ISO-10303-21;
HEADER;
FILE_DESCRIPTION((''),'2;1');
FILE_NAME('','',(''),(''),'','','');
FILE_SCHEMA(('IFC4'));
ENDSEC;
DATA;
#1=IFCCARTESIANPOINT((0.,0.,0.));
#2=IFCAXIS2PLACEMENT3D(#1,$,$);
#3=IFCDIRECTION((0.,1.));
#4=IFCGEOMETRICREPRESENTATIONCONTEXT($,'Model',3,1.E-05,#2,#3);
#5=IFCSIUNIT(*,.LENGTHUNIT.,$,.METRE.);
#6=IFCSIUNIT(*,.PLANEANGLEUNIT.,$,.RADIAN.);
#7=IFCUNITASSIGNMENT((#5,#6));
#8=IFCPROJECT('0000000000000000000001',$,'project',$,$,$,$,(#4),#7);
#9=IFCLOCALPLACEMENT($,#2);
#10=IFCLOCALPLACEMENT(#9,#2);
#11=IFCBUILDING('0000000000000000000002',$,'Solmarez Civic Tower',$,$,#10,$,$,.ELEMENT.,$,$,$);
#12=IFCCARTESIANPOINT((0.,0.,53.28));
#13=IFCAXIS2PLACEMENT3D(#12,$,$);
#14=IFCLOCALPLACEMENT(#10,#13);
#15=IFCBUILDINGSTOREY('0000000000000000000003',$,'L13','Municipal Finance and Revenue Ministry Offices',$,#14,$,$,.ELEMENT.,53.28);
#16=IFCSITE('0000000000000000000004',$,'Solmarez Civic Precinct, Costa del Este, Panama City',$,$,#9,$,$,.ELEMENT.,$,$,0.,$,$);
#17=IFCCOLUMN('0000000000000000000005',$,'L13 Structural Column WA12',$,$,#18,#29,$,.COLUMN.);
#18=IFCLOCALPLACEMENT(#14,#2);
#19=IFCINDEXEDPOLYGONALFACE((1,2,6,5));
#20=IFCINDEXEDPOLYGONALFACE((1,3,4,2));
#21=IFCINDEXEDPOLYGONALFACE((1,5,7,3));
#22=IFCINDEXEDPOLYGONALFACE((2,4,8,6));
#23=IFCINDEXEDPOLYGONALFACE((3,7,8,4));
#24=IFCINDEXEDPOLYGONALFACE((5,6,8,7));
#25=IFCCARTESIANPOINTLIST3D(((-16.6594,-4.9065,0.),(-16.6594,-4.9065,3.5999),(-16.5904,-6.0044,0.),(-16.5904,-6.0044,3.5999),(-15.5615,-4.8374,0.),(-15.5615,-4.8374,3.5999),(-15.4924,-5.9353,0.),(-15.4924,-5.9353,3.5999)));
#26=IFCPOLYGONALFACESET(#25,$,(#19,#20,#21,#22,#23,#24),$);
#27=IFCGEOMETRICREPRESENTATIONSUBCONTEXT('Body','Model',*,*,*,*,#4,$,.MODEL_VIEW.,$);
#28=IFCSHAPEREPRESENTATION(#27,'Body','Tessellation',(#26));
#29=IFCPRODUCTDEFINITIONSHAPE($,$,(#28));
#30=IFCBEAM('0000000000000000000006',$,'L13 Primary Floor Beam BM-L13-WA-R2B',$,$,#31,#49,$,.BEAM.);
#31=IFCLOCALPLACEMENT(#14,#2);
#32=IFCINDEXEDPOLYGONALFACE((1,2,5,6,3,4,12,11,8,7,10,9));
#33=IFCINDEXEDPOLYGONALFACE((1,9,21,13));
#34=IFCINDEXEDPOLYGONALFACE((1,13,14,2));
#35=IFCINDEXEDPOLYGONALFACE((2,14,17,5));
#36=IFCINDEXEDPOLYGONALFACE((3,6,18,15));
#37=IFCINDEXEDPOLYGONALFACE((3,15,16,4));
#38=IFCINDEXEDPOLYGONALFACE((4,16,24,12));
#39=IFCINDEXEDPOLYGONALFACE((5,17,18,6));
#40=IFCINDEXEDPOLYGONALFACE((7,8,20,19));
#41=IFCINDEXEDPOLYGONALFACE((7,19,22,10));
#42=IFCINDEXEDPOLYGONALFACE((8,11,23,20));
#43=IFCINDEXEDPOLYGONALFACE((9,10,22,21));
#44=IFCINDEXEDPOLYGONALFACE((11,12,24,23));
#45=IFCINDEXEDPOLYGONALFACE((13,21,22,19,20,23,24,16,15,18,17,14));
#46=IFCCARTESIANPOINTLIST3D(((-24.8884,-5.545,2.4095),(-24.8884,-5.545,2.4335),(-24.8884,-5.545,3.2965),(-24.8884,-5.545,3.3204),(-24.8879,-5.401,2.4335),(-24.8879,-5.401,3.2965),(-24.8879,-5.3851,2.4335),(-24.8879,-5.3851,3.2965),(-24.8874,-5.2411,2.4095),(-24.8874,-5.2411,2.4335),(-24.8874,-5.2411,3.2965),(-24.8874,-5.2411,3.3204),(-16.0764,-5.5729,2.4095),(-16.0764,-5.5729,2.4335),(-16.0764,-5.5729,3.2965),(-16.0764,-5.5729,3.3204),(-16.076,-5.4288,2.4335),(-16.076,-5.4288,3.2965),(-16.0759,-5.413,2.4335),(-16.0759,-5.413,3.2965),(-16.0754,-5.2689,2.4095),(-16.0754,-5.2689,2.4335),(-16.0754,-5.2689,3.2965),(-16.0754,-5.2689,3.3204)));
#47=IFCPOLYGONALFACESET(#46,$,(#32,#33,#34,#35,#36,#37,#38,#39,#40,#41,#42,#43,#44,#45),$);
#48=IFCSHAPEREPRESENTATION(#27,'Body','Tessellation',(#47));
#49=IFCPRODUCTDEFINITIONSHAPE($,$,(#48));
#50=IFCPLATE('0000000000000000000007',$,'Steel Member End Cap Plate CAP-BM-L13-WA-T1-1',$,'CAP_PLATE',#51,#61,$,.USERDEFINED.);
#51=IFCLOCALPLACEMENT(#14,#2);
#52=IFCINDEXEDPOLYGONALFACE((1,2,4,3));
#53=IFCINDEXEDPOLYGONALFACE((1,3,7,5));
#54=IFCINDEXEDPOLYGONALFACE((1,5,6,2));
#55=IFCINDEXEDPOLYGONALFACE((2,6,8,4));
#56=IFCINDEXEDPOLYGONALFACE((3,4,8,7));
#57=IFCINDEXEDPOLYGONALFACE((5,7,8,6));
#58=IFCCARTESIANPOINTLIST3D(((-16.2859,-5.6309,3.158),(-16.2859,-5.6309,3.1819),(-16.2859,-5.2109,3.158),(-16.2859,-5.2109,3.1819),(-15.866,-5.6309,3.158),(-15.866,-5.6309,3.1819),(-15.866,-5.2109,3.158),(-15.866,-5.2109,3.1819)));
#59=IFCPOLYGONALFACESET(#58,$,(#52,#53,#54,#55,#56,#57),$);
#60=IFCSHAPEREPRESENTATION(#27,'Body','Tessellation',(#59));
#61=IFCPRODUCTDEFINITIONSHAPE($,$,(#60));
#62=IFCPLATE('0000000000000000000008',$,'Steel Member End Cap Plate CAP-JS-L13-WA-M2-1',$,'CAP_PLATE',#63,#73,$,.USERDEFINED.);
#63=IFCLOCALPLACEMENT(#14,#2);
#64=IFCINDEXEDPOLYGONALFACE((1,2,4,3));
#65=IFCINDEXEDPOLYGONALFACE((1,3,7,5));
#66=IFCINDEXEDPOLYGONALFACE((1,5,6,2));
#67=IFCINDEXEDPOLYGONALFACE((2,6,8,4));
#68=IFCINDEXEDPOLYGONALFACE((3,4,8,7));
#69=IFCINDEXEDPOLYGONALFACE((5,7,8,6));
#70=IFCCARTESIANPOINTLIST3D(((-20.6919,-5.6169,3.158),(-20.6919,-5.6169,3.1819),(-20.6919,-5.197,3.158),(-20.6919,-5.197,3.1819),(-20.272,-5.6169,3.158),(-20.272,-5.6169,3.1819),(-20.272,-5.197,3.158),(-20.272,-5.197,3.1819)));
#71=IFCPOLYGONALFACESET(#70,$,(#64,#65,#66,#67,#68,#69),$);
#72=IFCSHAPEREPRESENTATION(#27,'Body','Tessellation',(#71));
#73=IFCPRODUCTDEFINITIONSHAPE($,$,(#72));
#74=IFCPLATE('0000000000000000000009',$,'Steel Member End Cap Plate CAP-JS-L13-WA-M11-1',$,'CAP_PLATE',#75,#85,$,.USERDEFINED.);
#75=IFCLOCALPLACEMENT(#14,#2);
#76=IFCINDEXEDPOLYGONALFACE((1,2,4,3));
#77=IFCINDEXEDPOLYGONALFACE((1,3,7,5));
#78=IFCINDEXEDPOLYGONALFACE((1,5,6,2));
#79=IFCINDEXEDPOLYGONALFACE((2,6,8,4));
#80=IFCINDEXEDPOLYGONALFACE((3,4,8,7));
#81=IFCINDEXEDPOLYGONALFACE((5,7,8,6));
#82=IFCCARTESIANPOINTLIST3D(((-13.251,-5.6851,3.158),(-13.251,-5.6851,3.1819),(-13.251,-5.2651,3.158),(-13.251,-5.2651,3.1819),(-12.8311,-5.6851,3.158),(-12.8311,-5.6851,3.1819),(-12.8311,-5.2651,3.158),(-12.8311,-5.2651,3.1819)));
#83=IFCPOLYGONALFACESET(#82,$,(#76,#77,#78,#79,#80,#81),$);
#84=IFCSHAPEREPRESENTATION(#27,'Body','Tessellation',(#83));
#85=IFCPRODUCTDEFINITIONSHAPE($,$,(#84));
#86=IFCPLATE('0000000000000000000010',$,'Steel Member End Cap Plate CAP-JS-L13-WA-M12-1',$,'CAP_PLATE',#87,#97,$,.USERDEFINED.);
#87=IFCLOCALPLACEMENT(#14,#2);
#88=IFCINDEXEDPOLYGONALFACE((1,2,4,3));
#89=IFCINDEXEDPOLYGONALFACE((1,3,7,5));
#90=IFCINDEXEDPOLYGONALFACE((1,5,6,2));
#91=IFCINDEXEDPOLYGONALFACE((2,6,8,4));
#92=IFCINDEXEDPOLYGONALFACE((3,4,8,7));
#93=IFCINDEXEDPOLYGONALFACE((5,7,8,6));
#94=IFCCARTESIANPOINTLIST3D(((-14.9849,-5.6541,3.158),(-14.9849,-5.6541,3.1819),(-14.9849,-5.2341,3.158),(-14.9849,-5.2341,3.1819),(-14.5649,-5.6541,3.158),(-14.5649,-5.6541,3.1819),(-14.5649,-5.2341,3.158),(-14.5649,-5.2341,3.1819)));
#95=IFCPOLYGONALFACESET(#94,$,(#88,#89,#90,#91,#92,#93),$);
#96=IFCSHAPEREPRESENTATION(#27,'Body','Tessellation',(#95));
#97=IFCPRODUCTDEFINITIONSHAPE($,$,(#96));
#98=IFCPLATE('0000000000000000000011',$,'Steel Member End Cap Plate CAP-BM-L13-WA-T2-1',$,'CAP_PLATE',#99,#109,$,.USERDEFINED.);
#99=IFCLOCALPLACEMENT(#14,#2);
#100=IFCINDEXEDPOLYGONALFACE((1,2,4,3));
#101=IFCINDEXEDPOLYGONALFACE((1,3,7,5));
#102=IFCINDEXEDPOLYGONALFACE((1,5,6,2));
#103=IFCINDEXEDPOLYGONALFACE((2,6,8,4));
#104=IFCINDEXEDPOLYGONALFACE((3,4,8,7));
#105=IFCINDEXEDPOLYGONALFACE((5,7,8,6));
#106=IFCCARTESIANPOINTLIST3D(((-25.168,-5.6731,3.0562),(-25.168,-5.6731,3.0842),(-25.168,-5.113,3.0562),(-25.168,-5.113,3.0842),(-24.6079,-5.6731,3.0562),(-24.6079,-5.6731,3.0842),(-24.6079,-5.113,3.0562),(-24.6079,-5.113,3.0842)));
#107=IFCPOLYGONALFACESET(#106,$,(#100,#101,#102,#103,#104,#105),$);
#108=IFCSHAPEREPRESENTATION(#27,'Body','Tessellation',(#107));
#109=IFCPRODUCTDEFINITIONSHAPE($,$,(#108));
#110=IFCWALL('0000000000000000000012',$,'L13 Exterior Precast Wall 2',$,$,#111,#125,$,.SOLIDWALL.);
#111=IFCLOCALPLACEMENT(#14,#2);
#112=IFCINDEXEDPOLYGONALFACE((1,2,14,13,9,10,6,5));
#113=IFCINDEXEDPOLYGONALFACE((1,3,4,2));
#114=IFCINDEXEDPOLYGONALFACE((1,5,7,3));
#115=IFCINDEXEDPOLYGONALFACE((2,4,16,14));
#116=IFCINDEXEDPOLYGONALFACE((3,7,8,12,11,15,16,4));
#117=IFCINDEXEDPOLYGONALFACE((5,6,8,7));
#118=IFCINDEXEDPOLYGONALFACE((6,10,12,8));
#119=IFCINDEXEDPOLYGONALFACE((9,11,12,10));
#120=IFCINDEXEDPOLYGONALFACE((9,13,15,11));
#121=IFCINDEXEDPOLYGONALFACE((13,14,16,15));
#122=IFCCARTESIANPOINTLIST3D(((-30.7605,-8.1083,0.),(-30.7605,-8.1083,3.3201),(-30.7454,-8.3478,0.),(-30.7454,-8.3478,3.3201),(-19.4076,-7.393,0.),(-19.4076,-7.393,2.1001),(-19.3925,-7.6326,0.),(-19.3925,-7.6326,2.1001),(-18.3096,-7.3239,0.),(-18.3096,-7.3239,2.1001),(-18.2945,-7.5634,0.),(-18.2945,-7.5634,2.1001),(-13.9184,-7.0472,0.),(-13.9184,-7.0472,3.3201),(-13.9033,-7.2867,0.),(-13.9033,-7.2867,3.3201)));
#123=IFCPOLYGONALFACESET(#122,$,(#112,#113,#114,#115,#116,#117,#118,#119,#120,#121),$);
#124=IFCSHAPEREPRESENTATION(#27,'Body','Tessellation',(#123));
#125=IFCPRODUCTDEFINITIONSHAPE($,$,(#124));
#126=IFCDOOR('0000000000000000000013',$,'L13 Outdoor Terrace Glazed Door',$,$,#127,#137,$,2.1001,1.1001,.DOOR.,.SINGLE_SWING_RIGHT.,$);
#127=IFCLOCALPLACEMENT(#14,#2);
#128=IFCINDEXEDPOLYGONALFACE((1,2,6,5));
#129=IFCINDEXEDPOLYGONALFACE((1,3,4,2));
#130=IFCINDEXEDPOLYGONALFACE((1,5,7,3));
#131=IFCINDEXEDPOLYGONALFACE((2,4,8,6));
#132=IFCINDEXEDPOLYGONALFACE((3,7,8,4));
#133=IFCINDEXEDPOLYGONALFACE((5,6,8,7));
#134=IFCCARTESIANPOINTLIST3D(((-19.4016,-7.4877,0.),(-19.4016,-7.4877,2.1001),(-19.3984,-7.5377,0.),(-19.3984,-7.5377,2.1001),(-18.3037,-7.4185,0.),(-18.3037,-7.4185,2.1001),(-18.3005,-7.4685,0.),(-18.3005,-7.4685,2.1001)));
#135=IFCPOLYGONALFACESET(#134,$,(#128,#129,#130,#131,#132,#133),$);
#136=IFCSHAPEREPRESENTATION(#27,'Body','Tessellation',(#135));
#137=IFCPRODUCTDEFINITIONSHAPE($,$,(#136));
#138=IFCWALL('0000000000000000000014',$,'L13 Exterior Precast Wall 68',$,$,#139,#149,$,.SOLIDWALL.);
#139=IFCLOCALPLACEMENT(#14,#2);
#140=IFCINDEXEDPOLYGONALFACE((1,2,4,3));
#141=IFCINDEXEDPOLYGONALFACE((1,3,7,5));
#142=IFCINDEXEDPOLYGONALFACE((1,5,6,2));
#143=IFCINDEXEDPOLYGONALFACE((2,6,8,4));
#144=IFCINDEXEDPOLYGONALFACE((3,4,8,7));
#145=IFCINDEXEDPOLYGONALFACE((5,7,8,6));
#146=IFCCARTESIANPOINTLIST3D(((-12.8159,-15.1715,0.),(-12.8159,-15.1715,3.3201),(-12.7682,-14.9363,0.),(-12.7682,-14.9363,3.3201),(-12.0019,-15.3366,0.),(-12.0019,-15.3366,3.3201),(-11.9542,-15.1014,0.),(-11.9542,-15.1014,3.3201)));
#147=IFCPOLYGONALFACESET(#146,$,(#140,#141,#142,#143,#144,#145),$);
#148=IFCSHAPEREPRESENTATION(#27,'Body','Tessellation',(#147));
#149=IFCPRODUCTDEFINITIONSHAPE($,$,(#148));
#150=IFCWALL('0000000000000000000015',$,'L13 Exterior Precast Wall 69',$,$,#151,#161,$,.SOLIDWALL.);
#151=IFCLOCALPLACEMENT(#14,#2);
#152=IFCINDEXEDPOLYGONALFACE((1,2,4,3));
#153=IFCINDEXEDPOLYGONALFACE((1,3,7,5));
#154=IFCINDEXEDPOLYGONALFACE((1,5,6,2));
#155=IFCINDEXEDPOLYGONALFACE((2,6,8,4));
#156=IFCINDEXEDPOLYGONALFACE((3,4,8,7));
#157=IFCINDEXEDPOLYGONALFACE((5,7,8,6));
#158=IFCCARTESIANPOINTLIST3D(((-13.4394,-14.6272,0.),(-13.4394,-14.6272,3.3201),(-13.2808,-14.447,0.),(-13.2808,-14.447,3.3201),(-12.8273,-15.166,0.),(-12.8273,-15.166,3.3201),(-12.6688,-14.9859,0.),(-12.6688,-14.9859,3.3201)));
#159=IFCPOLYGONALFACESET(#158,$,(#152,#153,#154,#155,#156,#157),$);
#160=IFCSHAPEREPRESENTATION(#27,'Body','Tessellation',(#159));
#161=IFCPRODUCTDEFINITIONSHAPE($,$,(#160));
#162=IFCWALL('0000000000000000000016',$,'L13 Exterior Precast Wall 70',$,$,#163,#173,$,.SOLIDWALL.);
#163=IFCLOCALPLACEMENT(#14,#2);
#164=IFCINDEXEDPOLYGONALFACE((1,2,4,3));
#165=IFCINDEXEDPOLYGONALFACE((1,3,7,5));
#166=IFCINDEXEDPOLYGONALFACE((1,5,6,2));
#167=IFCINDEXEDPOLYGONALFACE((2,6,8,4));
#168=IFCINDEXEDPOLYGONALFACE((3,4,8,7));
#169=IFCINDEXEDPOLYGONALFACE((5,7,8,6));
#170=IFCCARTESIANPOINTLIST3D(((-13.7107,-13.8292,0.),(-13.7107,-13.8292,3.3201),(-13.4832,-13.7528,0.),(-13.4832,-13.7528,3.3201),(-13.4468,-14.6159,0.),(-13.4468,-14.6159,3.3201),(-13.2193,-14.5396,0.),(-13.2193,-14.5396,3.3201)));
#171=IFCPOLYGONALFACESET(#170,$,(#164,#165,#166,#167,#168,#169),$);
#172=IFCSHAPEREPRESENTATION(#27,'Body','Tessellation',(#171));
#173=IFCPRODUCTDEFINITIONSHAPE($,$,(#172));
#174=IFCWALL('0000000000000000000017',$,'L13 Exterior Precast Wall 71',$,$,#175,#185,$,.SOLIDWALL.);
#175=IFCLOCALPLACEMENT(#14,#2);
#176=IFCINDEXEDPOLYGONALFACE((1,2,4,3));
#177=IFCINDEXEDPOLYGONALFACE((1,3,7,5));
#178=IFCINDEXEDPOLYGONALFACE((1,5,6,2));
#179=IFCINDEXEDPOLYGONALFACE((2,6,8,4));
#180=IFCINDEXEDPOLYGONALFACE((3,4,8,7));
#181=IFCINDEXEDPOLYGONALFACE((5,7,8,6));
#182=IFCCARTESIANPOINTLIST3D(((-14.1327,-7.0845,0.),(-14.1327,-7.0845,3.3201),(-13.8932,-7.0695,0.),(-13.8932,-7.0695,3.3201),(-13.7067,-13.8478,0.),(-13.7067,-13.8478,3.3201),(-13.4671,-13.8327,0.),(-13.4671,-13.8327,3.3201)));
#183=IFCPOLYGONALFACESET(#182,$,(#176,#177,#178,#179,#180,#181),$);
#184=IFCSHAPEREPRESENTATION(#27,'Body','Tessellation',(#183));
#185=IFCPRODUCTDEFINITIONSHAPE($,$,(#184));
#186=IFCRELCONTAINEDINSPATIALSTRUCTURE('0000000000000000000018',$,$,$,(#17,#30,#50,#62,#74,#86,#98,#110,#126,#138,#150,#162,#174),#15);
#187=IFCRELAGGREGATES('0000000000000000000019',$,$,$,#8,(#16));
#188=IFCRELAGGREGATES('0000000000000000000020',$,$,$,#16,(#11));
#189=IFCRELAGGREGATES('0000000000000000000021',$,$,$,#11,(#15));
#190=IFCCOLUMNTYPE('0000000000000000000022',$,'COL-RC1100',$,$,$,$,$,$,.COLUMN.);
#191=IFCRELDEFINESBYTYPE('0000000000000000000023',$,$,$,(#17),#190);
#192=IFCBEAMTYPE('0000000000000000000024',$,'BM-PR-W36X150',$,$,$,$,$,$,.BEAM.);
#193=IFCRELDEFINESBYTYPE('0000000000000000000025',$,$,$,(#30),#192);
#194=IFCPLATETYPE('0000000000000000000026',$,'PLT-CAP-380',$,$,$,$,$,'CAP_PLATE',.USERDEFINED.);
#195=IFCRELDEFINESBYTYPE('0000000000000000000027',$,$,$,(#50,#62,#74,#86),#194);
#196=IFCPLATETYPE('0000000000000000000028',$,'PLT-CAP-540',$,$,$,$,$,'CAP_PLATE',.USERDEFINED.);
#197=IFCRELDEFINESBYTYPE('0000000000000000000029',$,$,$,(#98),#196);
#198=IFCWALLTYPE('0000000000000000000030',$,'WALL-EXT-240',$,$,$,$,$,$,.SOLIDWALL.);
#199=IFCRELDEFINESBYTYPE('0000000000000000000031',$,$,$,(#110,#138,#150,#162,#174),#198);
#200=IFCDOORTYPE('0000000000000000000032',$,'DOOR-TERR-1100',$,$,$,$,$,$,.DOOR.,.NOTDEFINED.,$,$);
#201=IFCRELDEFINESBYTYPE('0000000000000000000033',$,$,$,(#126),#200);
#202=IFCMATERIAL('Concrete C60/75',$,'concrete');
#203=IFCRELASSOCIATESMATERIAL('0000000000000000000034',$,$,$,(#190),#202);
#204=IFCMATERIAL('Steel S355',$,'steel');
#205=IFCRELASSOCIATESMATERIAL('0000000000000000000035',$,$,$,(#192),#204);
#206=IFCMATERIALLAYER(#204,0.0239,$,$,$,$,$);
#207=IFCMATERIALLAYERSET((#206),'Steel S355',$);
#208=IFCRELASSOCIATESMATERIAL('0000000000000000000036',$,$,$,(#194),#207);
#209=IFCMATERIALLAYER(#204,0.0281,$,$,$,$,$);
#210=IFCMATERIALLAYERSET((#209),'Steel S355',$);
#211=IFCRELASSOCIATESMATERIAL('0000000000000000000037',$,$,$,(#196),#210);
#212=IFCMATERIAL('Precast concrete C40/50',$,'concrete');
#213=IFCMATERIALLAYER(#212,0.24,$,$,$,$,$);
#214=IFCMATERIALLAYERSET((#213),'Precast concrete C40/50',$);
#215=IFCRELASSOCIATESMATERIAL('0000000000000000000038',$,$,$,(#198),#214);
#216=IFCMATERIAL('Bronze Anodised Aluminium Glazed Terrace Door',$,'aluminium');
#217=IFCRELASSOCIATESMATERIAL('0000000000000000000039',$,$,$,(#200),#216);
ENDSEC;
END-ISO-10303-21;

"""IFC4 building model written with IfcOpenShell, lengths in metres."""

from ifc_helpers import new_model, si_unit, direction, frame, frame_2d, origin, origin_2d, place, context, subcontext, project, spatial, rectangle, i_section, extrude, material, layer, layer_set, material_profile, profile_set, type_object, element, fill, save


model = new_model("IFC4")

# Units and contexts
model_context = context("Model", 3, precision=1e-05, world=origin(), true_north=direction((0.0, 1.0)))
body_context = subcontext(model_context, "Body", "Model", "MODEL_VIEW")
ifc_project = project(units=[si_unit("LENGTHUNIT", "METRE"), si_unit("PLANEANGLEUNIT", "RADIAN")], contexts=[model_context])

# Site, building, storey
site_placement = place(None, origin())
site = spatial("IfcSite", under=ifc_project, at=site_placement, Name="Solmarez Civic Precinct, Costa del Este, Panama City", CompositionType="ELEMENT", RefElevation=0.0)
building_placement = place(site_placement, origin())
building = spatial("IfcBuilding", under=site, at=building_placement, Name="Solmarez Civic Tower", CompositionType="ELEMENT")
storey_placement = place(building_placement, frame((0.0, 0.0, 53.28)))
storey = spatial("IfcBuildingStorey", under=building, at=storey_placement, Name="L13", Description="Municipal Finance and Revenue Ministry Offices", CompositionType="ELEMENT", Elevation=53.28)

# Column
ifc_material_1 = material(Name="Concrete C60/75", Category="concrete")
ifc_material_profile_1 = material_profile(ifc_material_1, rectangle(XDim=1.1001, YDim=1.1001, at=origin_2d()), Name="RC1100X1100")
ifc_profile_set_1 = profile_set([ifc_material_profile_1], Name="Concrete C60/75")
column_type = type_object("IfcColumnType", Name="COL-RC1100", PredefinedType="COLUMN", material=ifc_profile_set_1)
column_placement = place(storey_placement, frame((-16.0759, -5.4209, 0.0), z_axis=(0.0, 0.0, 1.0), x_axis=(0.998027, 0.062791, 0.0)))
element("IfcColumn", 1, at=column_placement, inside=storey, type_object=column_type, Name="L13 Structural Column WA12", PredefinedType="COLUMN", context=body_context, shape_type="SweptSolid", body=[
    extrude(rectangle(XDim=1.1001, YDim=1.1001, at=origin_2d()), origin(), (0.0, 0.0, 1.0), 3.5999),
])

# Beam
ifc_material_2 = material(Name="Steel S355", Category="steel")
ifc_material_profile_2 = material_profile(ifc_material_2, i_section(OverallWidth=0.304, OverallDepth=0.9109, WebThickness=0.0159, FlangeThickness=0.0239, at=origin_2d()), Name="W36X150")
ifc_profile_set_2 = profile_set([ifc_material_profile_2], Name="Steel S355")
beam_type = type_object("IfcBeamType", Name="BM-PR-W36X150", PredefinedType="BEAM", material=ifc_profile_set_2)
beam_placement = place(storey_placement, frame((-16.0759, -5.4209, 2.865), z_axis=(-0.999995, 0.003158, 0.0), x_axis=(-0.003158, -0.999995, 0.0)))
element("IfcBeam", 2, at=beam_placement, inside=storey, type_object=beam_type, Name="L13 Primary Floor Beam BM-L13-WA-R2B", PredefinedType="BEAM", context=body_context, shape_type="SweptSolid", body=[
    extrude(i_section(OverallWidth=0.304, OverallDepth=0.9109, WebThickness=0.0159, FlangeThickness=0.0239, at=origin_2d()), origin(), (0.0, 0.0, 1.0), 8.812),
])

# Plates
ifc_layer_1 = layer(ifc_material_2, 0.0239)
ifc_layer_set_1 = layer_set([ifc_layer_1], Name="Steel S355")
plate_type_1 = type_object("IfcPlateType", Name="PLT-CAP-380", ElementType="CAP_PLATE", PredefinedType="USERDEFINED", material=ifc_layer_set_1)
for number, where, z_axis, x_axis, name in (
    (3, (-16.0759, -5.4209, 3.158), (0.0, 0.0, 1.0), (1.0, 0.0, 0.0), "Steel Member End Cap Plate CAP-BM-L13-WA-T1-1"),
    (4, (-20.4819, -5.407, 3.158), (0.0, 0.0, 1.0), (1.0, 0.0, 0.0), "Steel Member End Cap Plate CAP-JS-L13-WA-M2-1"),
    (5, (-13.041, -5.4751, 3.158), (0.0, 0.0, 1.0), (1.0, 0.0, 0.0), "Steel Member End Cap Plate CAP-JS-L13-WA-M11-1"),
    (6, (-14.7749, -5.4441, 3.158), (0.0, 0.0, 1.0), (1.0, 0.0, 0.0), "Steel Member End Cap Plate CAP-JS-L13-WA-M12-1"),
):
    element("IfcPlate", number, at=place(storey_placement, frame(where, z_axis=z_axis, x_axis=x_axis)), inside=storey, type_object=plate_type_1, Name=name, ObjectType="CAP_PLATE", PredefinedType="USERDEFINED", context=body_context, shape_type="SweptSolid", body=[
        extrude(rectangle(XDim=0.4199, YDim=0.4199, at=origin_2d()), origin(), (0.0, 0.0, 1.0), 0.0239),
    ])
ifc_layer_2 = layer(ifc_material_2, 0.0281)
ifc_layer_set_2 = layer_set([ifc_layer_2], Name="Steel S355")
plate_type_2 = type_object("IfcPlateType", Name="PLT-CAP-540", ElementType="CAP_PLATE", PredefinedType="USERDEFINED", material=ifc_layer_set_2)
plate_placement = place(storey_placement, frame((-24.8879, -5.3931, 3.0562), z_axis=(0.0, 0.0, 1.0), x_axis=(1.0, 0.0, 0.0)))
element("IfcPlate", 7, at=plate_placement, inside=storey, type_object=plate_type_2, Name="Steel Member End Cap Plate CAP-BM-L13-WA-T2-1", ObjectType="CAP_PLATE", PredefinedType="USERDEFINED", context=body_context, shape_type="SweptSolid", body=[
    extrude(rectangle(XDim=0.5601, YDim=0.5601, at=origin_2d()), origin(), (0.0, 0.0, 1.0), 0.0281),
])

# Wall, opening, door
ifc_material_3 = material(Name="Precast concrete C40/50", Category="concrete")
ifc_layer_3 = layer(ifc_material_3, 0.24)
ifc_layer_set_3 = layer_set([ifc_layer_3], Name="Precast concrete C40/50")
wall_type_1 = type_object("IfcWallType", Name="WALL-EXT-240", PredefinedType="SOLIDWALL", material=ifc_layer_set_3)
wall_1_placement = place(storey_placement, frame((-13.9109, -7.167, 0.0), z_axis=(0.0, 0.0, 1.0), x_axis=(-0.998021, -0.062875, 0.0)))
wall_1 = element("IfcWall", 8, at=wall_1_placement, inside=storey, type_object=wall_type_1, Name="L13 Exterior Precast Wall 2", PredefinedType="SOLIDWALL", context=body_context, shape_type="SweptSolid", body=[
    extrude(rectangle(XDim=16.8755, YDim=0.24, at=frame_2d((8.4377, 0.0))), origin(), (0.0, 0.0, 1.0), 3.3201),
])
opening_1_placement = place(wall_1_placement, frame((4.3999, 0.0, 0.0)))
opening_1 = element("IfcOpeningElement", 9, at=opening_1_placement, cuts=wall_1, PredefinedType="OPENING", context=body_context, shape_type="SweptSolid", body=[
    extrude(rectangle(XDim=1.1001, YDim=2.1001, at=frame_2d((0.55, 1.05))), frame((0.0, 0.1299, 0.0), z_axis=(0.0, -1.0, 0.0), x_axis=(1.0, 0.0, 0.0)), (0.0, 0.0, 1.0), 0.26),
])
ifc_material_4 = material(Name="Bronze Anodised Aluminium Glazed Terrace Door", Category="aluminium")
door_type_1 = type_object("IfcDoorType", Name="DOOR-TERR-1100", OperationType="NOTDEFINED", PredefinedType="DOOR", material=ifc_material_4)
door_1_placement = place(opening_1_placement, origin())
door_1 = element("IfcDoor", 10, at=door_1_placement, inside=storey, type_object=door_type_1, Name="L13 Outdoor Terrace Glazed Door", OperationType="SINGLE_SWING_RIGHT", OverallHeight=2.1001, OverallWidth=1.1001, PredefinedType="DOOR", context=body_context, shape_type="SweptSolid", body=[
    extrude(rectangle(XDim=1.1001, YDim=2.1001, at=frame_2d((0.55, 1.05))), frame((0.0, 0.0249, 0.0), z_axis=(0.0, -1.0, 0.0), x_axis=(1.0, 0.0, 0.0)), (0.0, 0.0, 1.0), 0.05),
])
fill(opening_1, door_1)

# Walls
wall_2_placement = place(storey_placement, frame((-11.978, -15.219, 0.0), z_axis=(0.0, 0.0, 1.0), x_axis=(-0.980057, 0.198716, 0.0)))
element("IfcWall", 11, at=wall_2_placement, inside=storey, type_object=wall_type_1, Name="L13 Exterior Precast Wall 68", PredefinedType="SOLIDWALL", context=body_context, shape_type="SweptSolid", body=[
    extrude(rectangle(XDim=0.8306, YDim=0.24, at=frame_2d((0.4153, 0.0))), origin(), (0.0, 0.0, 1.0), 3.3201),
])
wall_3_placement = place(storey_placement, frame((-12.748, -15.0759, 0.0), z_axis=(0.0, 0.0, 1.0), x_axis=(-0.750589, 0.66077, 0.0)))
element("IfcWall", 12, at=wall_3_placement, inside=storey, type_object=wall_type_1, Name="L13 Exterior Precast Wall 69", PredefinedType="SOLIDWALL", context=body_context, shape_type="SweptSolid", body=[
    extrude(rectangle(XDim=0.8154, YDim=0.24, at=frame_2d((0.4077, 0.0))), origin(), (0.0, 0.0, 1.0), 3.3201),
])
wall_4_placement = place(storey_placement, frame((-13.333, -14.5779, 0.0), z_axis=(0.0, 0.0, 1.0), x_axis=(-0.317992, 0.948093, 0.0)))
element("IfcWall", 13, at=wall_4_placement, inside=storey, type_object=wall_type_1, Name="L13 Exterior Precast Wall 70", PredefinedType="SOLIDWALL", context=body_context, shape_type="SweptSolid", body=[
    extrude(rectangle(XDim=0.8298, YDim=0.24, at=frame_2d((0.415, 0.0))), origin(), (0.0, 0.0, 1.0), 3.3201),
])
wall_5_placement = place(storey_placement, frame((-13.5869, -13.8401, 0.0), z_axis=(0.0, 0.0, 1.0), x_axis=(-0.062867, 0.998022, 0.0)))
element("IfcWall", 14, at=wall_5_placement, inside=storey, type_object=wall_type_1, Name="L13 Exterior Precast Wall 71", PredefinedType="SOLIDWALL", context=body_context, shape_type="SweptSolid", body=[
    extrude(rectangle(XDim=6.7766, YDim=0.24, at=frame_2d((3.3882, 0.0))), origin(), (0.0, 0.0, 1.0), 3.3201),
])

save(model, "model.ifc")
